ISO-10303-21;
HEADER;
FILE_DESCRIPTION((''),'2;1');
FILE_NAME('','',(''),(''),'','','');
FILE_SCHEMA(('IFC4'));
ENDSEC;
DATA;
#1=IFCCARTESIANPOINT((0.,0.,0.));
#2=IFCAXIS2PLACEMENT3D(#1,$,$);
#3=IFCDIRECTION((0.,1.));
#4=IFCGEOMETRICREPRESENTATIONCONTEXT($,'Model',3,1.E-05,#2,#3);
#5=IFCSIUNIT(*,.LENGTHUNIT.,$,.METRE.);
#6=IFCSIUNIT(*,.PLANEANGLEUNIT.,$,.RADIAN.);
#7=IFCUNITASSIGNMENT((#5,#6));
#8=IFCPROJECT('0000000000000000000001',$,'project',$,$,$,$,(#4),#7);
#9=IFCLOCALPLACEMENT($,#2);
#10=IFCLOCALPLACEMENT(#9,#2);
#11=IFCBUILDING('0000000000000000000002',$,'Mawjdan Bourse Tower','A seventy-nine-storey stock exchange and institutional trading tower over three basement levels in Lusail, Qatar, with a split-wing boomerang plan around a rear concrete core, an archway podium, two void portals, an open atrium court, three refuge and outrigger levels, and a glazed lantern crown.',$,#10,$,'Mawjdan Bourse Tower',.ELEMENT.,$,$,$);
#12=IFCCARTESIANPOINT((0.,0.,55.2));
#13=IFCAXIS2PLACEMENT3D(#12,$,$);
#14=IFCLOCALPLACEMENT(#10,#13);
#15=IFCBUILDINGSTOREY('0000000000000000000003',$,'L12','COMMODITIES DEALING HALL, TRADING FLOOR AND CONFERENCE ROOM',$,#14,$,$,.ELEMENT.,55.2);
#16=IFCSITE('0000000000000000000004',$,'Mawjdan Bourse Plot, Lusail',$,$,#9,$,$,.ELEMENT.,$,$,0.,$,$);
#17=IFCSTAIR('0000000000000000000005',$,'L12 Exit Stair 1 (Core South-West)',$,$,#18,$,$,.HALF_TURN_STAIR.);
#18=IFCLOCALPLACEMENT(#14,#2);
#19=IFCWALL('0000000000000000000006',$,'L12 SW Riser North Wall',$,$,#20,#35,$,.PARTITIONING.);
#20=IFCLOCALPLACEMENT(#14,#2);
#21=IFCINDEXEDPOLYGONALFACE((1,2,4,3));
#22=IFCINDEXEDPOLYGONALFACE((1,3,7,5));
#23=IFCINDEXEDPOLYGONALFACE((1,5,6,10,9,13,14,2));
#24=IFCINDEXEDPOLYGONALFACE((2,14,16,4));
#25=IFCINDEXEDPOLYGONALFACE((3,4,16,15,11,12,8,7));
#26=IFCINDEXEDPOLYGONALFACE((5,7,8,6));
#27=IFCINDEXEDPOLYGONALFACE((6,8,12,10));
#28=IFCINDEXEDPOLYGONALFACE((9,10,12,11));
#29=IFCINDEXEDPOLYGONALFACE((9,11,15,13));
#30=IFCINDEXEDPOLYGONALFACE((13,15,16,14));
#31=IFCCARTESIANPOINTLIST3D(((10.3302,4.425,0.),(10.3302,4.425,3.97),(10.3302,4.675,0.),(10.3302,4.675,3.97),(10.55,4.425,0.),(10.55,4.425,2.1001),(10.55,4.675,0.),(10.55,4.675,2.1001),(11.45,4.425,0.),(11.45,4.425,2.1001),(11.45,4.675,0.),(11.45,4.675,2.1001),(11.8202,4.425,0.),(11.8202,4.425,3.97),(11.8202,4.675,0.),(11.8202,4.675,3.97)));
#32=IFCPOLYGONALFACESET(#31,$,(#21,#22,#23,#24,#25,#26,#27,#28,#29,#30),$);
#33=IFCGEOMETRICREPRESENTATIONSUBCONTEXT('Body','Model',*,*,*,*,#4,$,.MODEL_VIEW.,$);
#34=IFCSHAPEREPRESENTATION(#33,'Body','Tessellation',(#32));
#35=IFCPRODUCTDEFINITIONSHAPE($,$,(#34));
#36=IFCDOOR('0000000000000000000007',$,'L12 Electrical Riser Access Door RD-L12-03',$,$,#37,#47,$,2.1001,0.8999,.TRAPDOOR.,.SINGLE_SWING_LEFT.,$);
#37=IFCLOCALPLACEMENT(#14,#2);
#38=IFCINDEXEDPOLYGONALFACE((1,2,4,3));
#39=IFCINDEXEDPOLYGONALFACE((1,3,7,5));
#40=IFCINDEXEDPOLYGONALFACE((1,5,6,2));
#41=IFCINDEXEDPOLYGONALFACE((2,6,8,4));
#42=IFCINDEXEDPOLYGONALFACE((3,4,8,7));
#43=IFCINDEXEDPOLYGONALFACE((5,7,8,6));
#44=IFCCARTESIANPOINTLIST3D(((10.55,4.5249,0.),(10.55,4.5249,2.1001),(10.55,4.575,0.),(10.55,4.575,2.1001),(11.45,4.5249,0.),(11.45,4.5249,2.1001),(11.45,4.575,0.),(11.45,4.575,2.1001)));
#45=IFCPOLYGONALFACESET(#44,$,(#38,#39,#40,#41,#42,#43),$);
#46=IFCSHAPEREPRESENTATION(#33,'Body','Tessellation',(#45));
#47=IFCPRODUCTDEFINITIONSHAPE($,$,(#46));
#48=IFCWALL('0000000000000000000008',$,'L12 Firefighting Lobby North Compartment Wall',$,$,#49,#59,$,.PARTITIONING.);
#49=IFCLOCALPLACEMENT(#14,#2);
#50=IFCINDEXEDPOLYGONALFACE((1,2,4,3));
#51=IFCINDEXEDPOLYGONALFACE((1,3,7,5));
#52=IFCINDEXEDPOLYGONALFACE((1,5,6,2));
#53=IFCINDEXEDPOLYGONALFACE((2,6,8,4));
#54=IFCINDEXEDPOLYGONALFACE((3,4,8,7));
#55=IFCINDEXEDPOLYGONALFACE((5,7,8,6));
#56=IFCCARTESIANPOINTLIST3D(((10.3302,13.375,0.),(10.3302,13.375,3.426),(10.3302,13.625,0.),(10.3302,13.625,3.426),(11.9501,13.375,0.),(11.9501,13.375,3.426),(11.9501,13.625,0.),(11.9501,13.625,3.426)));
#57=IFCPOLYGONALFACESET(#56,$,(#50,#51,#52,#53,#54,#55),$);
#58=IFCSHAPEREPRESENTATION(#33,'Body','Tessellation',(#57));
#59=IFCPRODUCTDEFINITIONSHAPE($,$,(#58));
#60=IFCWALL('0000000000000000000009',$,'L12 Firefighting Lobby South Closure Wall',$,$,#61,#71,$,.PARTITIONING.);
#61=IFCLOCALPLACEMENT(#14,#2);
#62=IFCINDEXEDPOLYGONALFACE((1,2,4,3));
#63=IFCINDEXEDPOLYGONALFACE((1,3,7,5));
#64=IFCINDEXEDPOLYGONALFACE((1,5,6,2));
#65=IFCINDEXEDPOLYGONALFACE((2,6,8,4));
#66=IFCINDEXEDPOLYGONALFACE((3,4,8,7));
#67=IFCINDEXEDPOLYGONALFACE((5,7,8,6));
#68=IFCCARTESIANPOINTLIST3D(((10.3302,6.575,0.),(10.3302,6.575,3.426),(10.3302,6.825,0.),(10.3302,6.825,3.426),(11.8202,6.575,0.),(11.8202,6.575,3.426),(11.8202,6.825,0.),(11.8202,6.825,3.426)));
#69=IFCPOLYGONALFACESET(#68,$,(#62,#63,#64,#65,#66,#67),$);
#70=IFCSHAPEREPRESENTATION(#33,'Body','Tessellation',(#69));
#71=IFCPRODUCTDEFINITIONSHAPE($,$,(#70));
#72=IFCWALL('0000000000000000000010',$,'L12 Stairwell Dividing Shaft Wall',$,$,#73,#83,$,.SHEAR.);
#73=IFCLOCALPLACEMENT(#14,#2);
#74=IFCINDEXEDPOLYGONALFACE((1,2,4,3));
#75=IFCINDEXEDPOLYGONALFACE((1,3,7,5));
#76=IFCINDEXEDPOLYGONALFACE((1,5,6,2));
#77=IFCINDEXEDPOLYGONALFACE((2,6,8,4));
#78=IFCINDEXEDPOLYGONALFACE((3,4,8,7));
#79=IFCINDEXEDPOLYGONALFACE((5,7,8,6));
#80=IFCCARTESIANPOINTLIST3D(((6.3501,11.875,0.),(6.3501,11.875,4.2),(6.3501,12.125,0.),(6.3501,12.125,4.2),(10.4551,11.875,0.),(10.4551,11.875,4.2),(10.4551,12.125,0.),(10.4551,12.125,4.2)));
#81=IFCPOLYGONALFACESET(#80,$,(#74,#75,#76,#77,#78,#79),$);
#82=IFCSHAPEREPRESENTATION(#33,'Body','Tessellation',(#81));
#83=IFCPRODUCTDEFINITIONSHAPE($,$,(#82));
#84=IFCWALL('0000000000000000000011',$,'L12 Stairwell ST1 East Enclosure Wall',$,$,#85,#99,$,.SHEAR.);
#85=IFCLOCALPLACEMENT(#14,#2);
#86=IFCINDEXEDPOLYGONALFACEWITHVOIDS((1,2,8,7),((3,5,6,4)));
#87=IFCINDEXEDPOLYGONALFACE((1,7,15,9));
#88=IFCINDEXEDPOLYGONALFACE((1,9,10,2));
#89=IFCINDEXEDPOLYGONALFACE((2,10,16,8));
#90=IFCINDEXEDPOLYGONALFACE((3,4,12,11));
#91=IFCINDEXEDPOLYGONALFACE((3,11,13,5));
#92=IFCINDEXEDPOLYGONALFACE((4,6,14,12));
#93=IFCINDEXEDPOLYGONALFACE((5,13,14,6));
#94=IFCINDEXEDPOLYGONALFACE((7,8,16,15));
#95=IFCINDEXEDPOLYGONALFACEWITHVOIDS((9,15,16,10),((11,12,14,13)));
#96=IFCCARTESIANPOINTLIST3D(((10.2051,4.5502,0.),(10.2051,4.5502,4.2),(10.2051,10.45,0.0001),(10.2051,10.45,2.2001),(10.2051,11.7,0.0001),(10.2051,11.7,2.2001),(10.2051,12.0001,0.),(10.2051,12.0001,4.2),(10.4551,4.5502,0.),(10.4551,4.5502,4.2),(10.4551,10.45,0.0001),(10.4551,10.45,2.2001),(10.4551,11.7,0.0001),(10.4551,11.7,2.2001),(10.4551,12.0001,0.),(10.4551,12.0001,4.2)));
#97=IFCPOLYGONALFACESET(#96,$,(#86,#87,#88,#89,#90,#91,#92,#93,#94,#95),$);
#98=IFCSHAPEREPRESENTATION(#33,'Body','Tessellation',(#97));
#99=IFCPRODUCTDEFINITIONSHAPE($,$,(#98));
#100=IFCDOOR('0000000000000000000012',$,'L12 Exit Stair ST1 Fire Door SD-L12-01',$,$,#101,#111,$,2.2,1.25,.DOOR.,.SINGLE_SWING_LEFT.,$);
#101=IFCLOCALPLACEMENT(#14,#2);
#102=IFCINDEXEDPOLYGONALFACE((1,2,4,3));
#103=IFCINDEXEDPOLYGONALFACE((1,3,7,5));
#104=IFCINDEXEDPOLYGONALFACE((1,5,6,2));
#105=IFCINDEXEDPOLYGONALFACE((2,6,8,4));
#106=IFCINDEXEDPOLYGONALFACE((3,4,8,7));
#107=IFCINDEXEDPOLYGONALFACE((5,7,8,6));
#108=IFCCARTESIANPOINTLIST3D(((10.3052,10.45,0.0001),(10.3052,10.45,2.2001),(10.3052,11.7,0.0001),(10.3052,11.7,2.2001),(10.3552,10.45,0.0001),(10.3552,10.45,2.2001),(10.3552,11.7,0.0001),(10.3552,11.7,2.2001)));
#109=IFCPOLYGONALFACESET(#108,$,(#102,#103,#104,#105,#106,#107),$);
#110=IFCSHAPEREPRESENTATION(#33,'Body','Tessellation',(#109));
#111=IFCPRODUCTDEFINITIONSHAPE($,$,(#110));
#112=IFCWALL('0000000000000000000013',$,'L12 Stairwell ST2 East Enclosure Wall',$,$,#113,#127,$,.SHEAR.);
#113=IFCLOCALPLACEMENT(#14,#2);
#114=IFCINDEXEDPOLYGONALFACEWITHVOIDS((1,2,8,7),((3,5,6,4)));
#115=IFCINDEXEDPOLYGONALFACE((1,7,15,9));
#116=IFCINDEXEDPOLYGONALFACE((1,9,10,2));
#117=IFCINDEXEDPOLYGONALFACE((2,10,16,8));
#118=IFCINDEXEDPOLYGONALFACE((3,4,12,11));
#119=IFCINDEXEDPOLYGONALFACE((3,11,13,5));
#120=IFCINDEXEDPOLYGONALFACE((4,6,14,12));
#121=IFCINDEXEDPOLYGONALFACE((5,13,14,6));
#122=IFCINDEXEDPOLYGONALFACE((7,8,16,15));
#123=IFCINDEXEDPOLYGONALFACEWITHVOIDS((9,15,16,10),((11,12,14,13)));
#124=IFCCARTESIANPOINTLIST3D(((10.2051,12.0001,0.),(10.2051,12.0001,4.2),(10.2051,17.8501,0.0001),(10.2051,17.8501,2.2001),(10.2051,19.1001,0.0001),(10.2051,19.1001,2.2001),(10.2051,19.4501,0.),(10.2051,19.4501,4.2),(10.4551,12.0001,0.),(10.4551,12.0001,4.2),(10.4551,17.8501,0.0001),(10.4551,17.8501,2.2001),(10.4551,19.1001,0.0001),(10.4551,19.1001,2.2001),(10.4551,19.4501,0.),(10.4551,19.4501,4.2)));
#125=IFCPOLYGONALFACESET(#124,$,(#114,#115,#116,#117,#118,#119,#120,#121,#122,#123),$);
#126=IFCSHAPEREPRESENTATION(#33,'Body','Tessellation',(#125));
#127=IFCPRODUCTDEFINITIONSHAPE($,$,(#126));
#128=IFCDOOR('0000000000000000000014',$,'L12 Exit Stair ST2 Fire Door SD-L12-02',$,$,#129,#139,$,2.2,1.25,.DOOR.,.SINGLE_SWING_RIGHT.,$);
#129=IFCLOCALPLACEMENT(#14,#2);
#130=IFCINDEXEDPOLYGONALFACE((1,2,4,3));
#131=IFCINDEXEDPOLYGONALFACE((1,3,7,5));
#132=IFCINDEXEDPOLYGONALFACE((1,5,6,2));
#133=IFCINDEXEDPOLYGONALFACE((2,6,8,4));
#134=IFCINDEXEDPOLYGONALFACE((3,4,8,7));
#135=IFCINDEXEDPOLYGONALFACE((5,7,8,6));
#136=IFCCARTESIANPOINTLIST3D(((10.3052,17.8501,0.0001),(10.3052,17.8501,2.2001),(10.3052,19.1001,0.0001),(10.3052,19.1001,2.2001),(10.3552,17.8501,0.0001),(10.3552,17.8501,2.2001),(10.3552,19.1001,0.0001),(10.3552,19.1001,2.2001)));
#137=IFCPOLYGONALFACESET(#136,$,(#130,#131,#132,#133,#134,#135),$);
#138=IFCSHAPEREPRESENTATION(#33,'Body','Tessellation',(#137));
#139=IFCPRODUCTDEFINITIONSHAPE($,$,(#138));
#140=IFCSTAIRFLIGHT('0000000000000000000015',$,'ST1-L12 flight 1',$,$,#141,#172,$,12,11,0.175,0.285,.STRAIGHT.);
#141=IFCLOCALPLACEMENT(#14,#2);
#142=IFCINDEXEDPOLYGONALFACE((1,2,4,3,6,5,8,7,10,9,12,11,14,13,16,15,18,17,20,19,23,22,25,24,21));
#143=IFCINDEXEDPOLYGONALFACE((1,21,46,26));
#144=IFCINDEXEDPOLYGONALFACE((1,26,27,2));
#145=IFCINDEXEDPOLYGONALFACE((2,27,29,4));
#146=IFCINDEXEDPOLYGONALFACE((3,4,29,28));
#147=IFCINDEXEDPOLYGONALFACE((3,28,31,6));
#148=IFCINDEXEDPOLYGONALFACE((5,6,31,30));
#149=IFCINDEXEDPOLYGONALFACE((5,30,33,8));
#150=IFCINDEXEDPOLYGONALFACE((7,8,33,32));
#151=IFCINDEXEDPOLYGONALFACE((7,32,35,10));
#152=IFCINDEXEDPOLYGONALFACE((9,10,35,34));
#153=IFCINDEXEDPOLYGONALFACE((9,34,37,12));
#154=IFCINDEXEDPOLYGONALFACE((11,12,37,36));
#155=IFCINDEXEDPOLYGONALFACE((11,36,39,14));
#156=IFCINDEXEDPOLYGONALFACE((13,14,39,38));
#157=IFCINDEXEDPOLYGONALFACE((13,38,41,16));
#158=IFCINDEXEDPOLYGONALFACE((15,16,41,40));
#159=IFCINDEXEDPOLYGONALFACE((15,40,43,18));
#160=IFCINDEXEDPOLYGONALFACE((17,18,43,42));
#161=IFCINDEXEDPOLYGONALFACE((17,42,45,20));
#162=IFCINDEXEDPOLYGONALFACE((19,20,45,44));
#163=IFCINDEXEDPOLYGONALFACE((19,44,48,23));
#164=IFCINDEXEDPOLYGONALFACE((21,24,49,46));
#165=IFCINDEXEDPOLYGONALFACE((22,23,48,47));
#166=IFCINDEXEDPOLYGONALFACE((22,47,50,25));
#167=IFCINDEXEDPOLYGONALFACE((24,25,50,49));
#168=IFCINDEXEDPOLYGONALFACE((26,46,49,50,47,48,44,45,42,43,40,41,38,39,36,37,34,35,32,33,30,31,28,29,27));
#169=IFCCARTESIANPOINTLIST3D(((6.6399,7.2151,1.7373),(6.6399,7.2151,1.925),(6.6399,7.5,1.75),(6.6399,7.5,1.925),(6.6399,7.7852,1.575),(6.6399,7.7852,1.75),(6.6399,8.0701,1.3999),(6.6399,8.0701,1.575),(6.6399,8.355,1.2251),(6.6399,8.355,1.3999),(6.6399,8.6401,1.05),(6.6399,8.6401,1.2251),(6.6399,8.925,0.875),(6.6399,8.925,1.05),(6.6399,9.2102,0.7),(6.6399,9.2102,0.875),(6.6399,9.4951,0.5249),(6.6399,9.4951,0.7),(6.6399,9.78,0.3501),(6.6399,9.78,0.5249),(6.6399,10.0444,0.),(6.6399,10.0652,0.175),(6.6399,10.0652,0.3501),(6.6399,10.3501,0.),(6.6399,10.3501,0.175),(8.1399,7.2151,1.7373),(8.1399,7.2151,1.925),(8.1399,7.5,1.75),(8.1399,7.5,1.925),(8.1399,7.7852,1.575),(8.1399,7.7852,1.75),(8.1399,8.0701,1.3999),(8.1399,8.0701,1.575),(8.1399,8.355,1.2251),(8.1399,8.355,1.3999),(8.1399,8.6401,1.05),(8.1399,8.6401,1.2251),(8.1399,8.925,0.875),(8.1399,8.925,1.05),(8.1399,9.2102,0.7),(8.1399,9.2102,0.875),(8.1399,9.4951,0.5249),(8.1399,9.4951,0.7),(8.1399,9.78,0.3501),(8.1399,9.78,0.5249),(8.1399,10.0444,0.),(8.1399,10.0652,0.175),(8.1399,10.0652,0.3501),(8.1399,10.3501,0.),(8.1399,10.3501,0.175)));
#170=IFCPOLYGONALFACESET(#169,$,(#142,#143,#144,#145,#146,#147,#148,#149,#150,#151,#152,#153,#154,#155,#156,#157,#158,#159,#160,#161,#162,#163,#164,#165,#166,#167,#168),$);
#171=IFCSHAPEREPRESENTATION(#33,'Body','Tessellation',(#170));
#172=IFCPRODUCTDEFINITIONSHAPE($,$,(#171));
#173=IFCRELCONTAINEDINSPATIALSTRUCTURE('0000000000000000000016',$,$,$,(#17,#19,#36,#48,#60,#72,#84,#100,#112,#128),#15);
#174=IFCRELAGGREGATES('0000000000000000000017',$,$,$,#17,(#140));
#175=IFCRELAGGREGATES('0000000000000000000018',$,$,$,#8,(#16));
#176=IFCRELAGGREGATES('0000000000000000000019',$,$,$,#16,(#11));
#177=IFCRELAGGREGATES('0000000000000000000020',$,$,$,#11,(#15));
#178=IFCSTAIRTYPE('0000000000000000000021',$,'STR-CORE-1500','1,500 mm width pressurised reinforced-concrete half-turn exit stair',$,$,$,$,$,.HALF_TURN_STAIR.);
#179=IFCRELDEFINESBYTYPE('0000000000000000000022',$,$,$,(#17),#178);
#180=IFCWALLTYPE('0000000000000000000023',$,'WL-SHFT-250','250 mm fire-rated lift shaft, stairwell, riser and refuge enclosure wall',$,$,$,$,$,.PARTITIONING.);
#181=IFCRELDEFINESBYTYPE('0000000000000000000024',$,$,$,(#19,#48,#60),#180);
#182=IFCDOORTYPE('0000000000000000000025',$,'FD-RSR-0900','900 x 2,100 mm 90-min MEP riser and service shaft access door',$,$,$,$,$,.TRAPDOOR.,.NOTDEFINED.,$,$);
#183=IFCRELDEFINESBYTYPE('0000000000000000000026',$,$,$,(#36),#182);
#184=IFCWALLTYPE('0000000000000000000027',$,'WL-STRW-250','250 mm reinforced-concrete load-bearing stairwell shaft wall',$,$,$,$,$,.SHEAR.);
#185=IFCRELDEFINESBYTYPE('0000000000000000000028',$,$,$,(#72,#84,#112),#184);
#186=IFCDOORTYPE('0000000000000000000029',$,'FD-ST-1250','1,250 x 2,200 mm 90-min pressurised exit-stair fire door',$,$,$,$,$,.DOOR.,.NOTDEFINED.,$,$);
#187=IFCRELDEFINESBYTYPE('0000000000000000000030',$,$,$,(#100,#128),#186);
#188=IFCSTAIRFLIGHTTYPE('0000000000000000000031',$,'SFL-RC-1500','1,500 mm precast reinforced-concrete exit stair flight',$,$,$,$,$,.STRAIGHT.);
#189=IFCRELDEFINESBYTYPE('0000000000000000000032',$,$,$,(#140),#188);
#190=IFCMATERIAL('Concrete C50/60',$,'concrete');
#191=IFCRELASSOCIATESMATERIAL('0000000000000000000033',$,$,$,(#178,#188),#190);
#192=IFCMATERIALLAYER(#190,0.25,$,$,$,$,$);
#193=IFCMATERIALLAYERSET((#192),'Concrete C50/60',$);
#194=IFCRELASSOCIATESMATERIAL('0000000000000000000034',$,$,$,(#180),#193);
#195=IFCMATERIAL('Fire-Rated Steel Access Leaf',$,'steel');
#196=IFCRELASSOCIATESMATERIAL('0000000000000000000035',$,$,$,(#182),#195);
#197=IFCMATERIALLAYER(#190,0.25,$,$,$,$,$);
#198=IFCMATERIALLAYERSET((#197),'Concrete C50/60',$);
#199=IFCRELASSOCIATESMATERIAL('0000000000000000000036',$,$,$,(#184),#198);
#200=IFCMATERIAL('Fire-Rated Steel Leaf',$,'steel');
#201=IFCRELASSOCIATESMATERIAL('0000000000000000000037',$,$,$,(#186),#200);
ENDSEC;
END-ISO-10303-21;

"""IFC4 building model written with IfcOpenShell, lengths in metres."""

from ifc_helpers import new_model, si_unit, direction, frame, frame_2d, origin, place, context, subcontext, project, spatial, polyline, rectangle, outline, extrude, material, layer, layer_set, type_object, element, fill, aggregate, save


model = new_model("IFC4")

# Units and contexts
model_context = context("Model", 3, precision=1e-05, world=origin(), true_north=direction((0.0, 1.0)))
body_context = subcontext(model_context, "Body", "Model", "MODEL_VIEW")
ifc_project = project(units=[si_unit("LENGTHUNIT", "METRE"), si_unit("PLANEANGLEUNIT", "RADIAN")], contexts=[model_context])

# Site, building, storey
site_placement = place(None, origin())
site = spatial("IfcSite", under=ifc_project, at=site_placement, Name="Mawjdan Bourse Plot, Lusail", CompositionType="ELEMENT", RefElevation=0.0)
building_placement = place(site_placement, origin())
building = spatial("IfcBuilding", under=site, at=building_placement, Name="Mawjdan Bourse Tower", Description="A seventy-nine-storey stock exchange and institutional trading tower over three basement levels in Lusail, Qatar, with a split-wing boomerang plan around a rear concrete core, an archway podium, two void portals, an open atrium court, three refuge and outrigger levels, and a glazed lantern crown.", LongName="Mawjdan Bourse Tower", CompositionType="ELEMENT")
storey_placement = place(building_placement, frame((0.0, 0.0, 55.2)))
storey = spatial("IfcBuildingStorey", under=building, at=storey_placement, Name="L12", Description="COMMODITIES DEALING HALL, TRADING FLOOR AND CONFERENCE ROOM", CompositionType="ELEMENT", Elevation=55.2)

# Stair
ifc_material_1 = material(Name="Concrete C50/60", Category="concrete")
stair_type = type_object("IfcStairType", Name="STR-CORE-1500", Description="1,500 mm width pressurised reinforced-concrete half-turn exit stair", PredefinedType="HALF_TURN_STAIR", material=ifc_material_1)
stair_1_placement = place(storey_placement, origin())
stair_1 = element("IfcStair", 1, at=stair_1_placement, inside=storey, type_object=stair_type, Name="L12 Exit Stair 1 (Core South-West)", PredefinedType="HALF_TURN_STAIR")

# Wall, opening, door
ifc_layer_1 = layer(ifc_material_1, 0.25)
ifc_layer_set_1 = layer_set([ifc_layer_1], Name="Concrete C50/60")
wall_type_1 = type_object("IfcWallType", Name="WL-SHFT-250", Description="250 mm fire-rated lift shaft, stairwell, riser and refuge enclosure wall", PredefinedType="PARTITIONING", material=ifc_layer_set_1)
wall_1_placement = place(storey_placement, frame((10.3301, 4.55, 0.0), z_axis=(0.0, 0.0, 1.0), x_axis=(1.0, 0.0, 0.0)))
wall_1 = element("IfcWall", 2, at=wall_1_placement, inside=storey, type_object=wall_type_1, Name="L12 SW Riser North Wall", PredefinedType="PARTITIONING", context=body_context, shape_type="SweptSolid", body=[
    extrude(rectangle(XDim=1.49, YDim=0.25, at=frame_2d((0.7451, 0.0))), origin(), (0.0, 0.0, 1.0), 3.97),
])
opening_1_placement = place(wall_1_placement, frame((0.22, 0.0, 0.0)))
opening_1 = element("IfcOpeningElement", 3, at=opening_1_placement, cuts=wall_1, PredefinedType="OPENING", context=body_context, shape_type="SweptSolid", body=[
    extrude(rectangle(XDim=0.8999, YDim=2.1001, at=frame_2d((0.45, 1.05))), frame((0.0, 0.135, 0.0), z_axis=(0.0, -1.0, 0.0), x_axis=(1.0, 0.0, 0.0)), (0.0, 0.0, 1.0), 0.27),
])
ifc_material_2 = material(Name="Fire-Rated Steel Access Leaf", Category="steel")
door_type_1 = type_object("IfcDoorType", Name="FD-RSR-0900", Description="900 x 2,100 mm 90-min MEP riser and service shaft access door", OperationType="NOTDEFINED", PredefinedType="TRAPDOOR", material=ifc_material_2)
door_1_placement = place(opening_1_placement, origin())
door_1 = element("IfcDoor", 4, at=door_1_placement, inside=storey, type_object=door_type_1, Name="L12 Electrical Riser Access Door RD-L12-03", OperationType="SINGLE_SWING_LEFT", OverallHeight=2.1001, OverallWidth=0.8999, PredefinedType="TRAPDOOR", context=body_context, shape_type="SweptSolid", body=[
    extrude(rectangle(XDim=0.8999, YDim=2.1001, at=frame_2d((0.45, 1.05))), frame((0.0, 0.0249, 0.0), z_axis=(0.0, -1.0, 0.0), x_axis=(1.0, 0.0, 0.0)), (0.0, 0.0, 1.0), 0.05),
])
fill(opening_1, door_1)

# Walls
wall_2_placement = place(storey_placement, frame((10.3301, 13.5, 0.0), z_axis=(0.0, 0.0, 1.0), x_axis=(1.0, 0.0, 0.0)))
element("IfcWall", 5, at=wall_2_placement, inside=storey, type_object=wall_type_1, Name="L12 Firefighting Lobby North Compartment Wall", PredefinedType="PARTITIONING", context=body_context, shape_type="SweptSolid", body=[
    extrude(rectangle(XDim=1.6199, YDim=0.25, at=frame_2d((0.8101, 0.0))), origin(), (0.0, 0.0, 1.0), 3.426),
])
wall_3_placement = place(storey_placement, frame((10.3301, 6.7, 0.0), z_axis=(0.0, 0.0, 1.0), x_axis=(1.0, 0.0, 0.0)))
element("IfcWall", 6, at=wall_3_placement, inside=storey, type_object=wall_type_1, Name="L12 Firefighting Lobby South Closure Wall", PredefinedType="PARTITIONING", context=body_context, shape_type="SweptSolid", body=[
    extrude(rectangle(XDim=1.49, YDim=0.25, at=frame_2d((0.7451, 0.0))), origin(), (0.0, 0.0, 1.0), 3.426),
])
ifc_layer_2 = layer(ifc_material_1, 0.25)
ifc_layer_set_2 = layer_set([ifc_layer_2], Name="Concrete C50/60")
wall_type_2 = type_object("IfcWallType", Name="WL-STRW-250", Description="250 mm reinforced-concrete load-bearing stairwell shaft wall", PredefinedType="SHEAR", material=ifc_layer_set_2)
wall_4_placement = place(storey_placement, frame((6.3501, 12.0, 0.0), z_axis=(0.0, 0.0, 1.0), x_axis=(1.0, 0.0, 0.0)))
element("IfcWall", 7, at=wall_4_placement, inside=storey, type_object=wall_type_2, Name="L12 Stairwell Dividing Shaft Wall", PredefinedType="SHEAR", context=body_context, shape_type="SweptSolid", body=[
    extrude(rectangle(XDim=4.105, YDim=0.25, at=frame_2d((2.0525, 0.0))), origin(), (0.0, 0.0, 1.0), 4.2),
])

# Walls, openings, doors
wall_5_placement = place(storey_placement, frame((10.3301, 4.55, 0.0), z_axis=(0.0, 0.0, 1.0), x_axis=(0.0, 1.0, 0.0)))
wall_5 = element("IfcWall", 8, at=wall_5_placement, inside=storey, type_object=wall_type_2, Name="L12 Stairwell ST1 East Enclosure Wall", PredefinedType="SHEAR", context=body_context, shape_type="SweptSolid", body=[
    extrude(rectangle(XDim=7.45, YDim=0.25, at=frame_2d((3.7251, 0.0))), origin(), (0.0, 0.0, 1.0), 4.2),
])
opening_2_placement = place(wall_5_placement, frame((5.8999, 0.0, 0.0)))
opening_2 = element("IfcOpeningElement", 9, at=opening_2_placement, cuts=wall_5, PredefinedType="OPENING", context=body_context, shape_type="SweptSolid", body=[
    extrude(rectangle(XDim=1.25, YDim=2.2, at=frame_2d((0.625, 1.1001))), frame((0.0, 0.135, 0.0), z_axis=(0.0, -1.0, 0.0), x_axis=(1.0, 0.0, 0.0)), (0.0, 0.0, 1.0), 0.27),
])
ifc_material_3 = material(Name="Fire-Rated Steel Leaf", Category="steel")
door_type_2 = type_object("IfcDoorType", Name="FD-ST-1250", Description="1,250 x 2,200 mm 90-min pressurised exit-stair fire door", OperationType="NOTDEFINED", PredefinedType="DOOR", material=ifc_material_3)
door_2_placement = place(opening_2_placement, origin())
door_2 = element("IfcDoor", 10, at=door_2_placement, inside=storey, type_object=door_type_2, Name="L12 Exit Stair ST1 Fire Door SD-L12-01", OperationType="SINGLE_SWING_LEFT", OverallHeight=2.2, OverallWidth=1.25, PredefinedType="DOOR", context=body_context, shape_type="SweptSolid", body=[
    extrude(rectangle(XDim=1.25, YDim=2.2, at=frame_2d((0.625, 1.1001))), frame((0.0, 0.0249, 0.0), z_axis=(0.0, -1.0, 0.0), x_axis=(1.0, 0.0, 0.0)), (0.0, 0.0, 1.0), 0.05),
])
fill(opening_2, door_2)
wall_6_placement = place(storey_placement, frame((10.3301, 12.0, 0.0), z_axis=(0.0, 0.0, 1.0), x_axis=(0.0, 1.0, 0.0)))
wall_6 = element("IfcWall", 11, at=wall_6_placement, inside=storey, type_object=wall_type_2, Name="L12 Stairwell ST2 East Enclosure Wall", PredefinedType="SHEAR", context=body_context, shape_type="SweptSolid", body=[
    extrude(rectangle(XDim=7.45, YDim=0.25, at=frame_2d((3.7251, 0.0))), origin(), (0.0, 0.0, 1.0), 4.2),
])
opening_3_placement = place(wall_6_placement, frame((5.8501, 0.0, 0.0)))
opening_3 = element("IfcOpeningElement", 12, at=opening_3_placement, cuts=wall_6, PredefinedType="OPENING", context=body_context, shape_type="SweptSolid", body=[
    extrude(rectangle(XDim=1.25, YDim=2.2, at=frame_2d((0.625, 1.1001))), frame((0.0, 0.135, 0.0), z_axis=(0.0, -1.0, 0.0), x_axis=(1.0, 0.0, 0.0)), (0.0, 0.0, 1.0), 0.27),
])
door_3_placement = place(opening_3_placement, origin())
door_3 = element("IfcDoor", 13, at=door_3_placement, inside=storey, type_object=door_type_2, Name="L12 Exit Stair ST2 Fire Door SD-L12-02", OperationType="SINGLE_SWING_RIGHT", OverallHeight=2.2, OverallWidth=1.25, PredefinedType="DOOR", context=body_context, shape_type="SweptSolid", body=[
    extrude(rectangle(XDim=1.25, YDim=2.2, at=frame_2d((0.625, 1.1001))), frame((0.0, 0.0249, 0.0), z_axis=(0.0, -1.0, 0.0), x_axis=(1.0, 0.0, 0.0)), (0.0, 0.0, 1.0), 0.05),
])
fill(opening_3, door_3)

# Stair flight
stair_flight_type = type_object("IfcStairFlightType", Name="SFL-RC-1500", Description="1,500 mm precast reinforced-concrete exit stair flight", PredefinedType="STRAIGHT", material=ifc_material_1)
stair_flight_1_placement = place(storey_placement, frame((7.3899, 10.3501, 0.0), z_axis=(0.0, 0.0, 1.0), x_axis=(0.0, -1.0, 0.0)))
stair_flight_1 = element("IfcStairFlight", 14, at=stair_flight_1_placement, type_object=stair_flight_type, Name="ST1-L12 flight 1", NumberOfRisers=12, NumberOfTreads=11, PredefinedType="STRAIGHT", RiserHeight=0.175, TreadLength=0.285, context=body_context, shape_type="SweptSolid", body=[
    extrude(outline(polyline([(0.0, 0.0), (0.0, 0.175), (0.2849, 0.175), (0.2849, 0.3501), (0.5701, 0.3501), (0.5701, 0.5249), (0.855, 0.5249), (0.855, 0.7), (1.1399, 0.7), (1.1399, 0.875), (1.425, 0.875), (1.425, 1.05), (1.71, 1.05), (1.71, 1.2251), (1.9951, 1.2251), (1.9951, 1.3999), (2.28, 1.3999), (2.28, 1.575), (2.5649, 1.575), (2.5649, 1.75), (2.8501, 1.75), (2.8501, 1.925), (3.135, 1.925), (3.135, 2.1001), (3.135, 1.7373), (0.3057, 0.0), (0.0, 0.0)])), frame((0.0, 0.75, 0.0), z_axis=(0.0, -1.0, 0.0), x_axis=(1.0, 0.0, 0.0)), (0.0, 0.0, 1.0), 1.5),
])
aggregate(stair_1, [stair_flight_1])

save(model, "model.ifc")
